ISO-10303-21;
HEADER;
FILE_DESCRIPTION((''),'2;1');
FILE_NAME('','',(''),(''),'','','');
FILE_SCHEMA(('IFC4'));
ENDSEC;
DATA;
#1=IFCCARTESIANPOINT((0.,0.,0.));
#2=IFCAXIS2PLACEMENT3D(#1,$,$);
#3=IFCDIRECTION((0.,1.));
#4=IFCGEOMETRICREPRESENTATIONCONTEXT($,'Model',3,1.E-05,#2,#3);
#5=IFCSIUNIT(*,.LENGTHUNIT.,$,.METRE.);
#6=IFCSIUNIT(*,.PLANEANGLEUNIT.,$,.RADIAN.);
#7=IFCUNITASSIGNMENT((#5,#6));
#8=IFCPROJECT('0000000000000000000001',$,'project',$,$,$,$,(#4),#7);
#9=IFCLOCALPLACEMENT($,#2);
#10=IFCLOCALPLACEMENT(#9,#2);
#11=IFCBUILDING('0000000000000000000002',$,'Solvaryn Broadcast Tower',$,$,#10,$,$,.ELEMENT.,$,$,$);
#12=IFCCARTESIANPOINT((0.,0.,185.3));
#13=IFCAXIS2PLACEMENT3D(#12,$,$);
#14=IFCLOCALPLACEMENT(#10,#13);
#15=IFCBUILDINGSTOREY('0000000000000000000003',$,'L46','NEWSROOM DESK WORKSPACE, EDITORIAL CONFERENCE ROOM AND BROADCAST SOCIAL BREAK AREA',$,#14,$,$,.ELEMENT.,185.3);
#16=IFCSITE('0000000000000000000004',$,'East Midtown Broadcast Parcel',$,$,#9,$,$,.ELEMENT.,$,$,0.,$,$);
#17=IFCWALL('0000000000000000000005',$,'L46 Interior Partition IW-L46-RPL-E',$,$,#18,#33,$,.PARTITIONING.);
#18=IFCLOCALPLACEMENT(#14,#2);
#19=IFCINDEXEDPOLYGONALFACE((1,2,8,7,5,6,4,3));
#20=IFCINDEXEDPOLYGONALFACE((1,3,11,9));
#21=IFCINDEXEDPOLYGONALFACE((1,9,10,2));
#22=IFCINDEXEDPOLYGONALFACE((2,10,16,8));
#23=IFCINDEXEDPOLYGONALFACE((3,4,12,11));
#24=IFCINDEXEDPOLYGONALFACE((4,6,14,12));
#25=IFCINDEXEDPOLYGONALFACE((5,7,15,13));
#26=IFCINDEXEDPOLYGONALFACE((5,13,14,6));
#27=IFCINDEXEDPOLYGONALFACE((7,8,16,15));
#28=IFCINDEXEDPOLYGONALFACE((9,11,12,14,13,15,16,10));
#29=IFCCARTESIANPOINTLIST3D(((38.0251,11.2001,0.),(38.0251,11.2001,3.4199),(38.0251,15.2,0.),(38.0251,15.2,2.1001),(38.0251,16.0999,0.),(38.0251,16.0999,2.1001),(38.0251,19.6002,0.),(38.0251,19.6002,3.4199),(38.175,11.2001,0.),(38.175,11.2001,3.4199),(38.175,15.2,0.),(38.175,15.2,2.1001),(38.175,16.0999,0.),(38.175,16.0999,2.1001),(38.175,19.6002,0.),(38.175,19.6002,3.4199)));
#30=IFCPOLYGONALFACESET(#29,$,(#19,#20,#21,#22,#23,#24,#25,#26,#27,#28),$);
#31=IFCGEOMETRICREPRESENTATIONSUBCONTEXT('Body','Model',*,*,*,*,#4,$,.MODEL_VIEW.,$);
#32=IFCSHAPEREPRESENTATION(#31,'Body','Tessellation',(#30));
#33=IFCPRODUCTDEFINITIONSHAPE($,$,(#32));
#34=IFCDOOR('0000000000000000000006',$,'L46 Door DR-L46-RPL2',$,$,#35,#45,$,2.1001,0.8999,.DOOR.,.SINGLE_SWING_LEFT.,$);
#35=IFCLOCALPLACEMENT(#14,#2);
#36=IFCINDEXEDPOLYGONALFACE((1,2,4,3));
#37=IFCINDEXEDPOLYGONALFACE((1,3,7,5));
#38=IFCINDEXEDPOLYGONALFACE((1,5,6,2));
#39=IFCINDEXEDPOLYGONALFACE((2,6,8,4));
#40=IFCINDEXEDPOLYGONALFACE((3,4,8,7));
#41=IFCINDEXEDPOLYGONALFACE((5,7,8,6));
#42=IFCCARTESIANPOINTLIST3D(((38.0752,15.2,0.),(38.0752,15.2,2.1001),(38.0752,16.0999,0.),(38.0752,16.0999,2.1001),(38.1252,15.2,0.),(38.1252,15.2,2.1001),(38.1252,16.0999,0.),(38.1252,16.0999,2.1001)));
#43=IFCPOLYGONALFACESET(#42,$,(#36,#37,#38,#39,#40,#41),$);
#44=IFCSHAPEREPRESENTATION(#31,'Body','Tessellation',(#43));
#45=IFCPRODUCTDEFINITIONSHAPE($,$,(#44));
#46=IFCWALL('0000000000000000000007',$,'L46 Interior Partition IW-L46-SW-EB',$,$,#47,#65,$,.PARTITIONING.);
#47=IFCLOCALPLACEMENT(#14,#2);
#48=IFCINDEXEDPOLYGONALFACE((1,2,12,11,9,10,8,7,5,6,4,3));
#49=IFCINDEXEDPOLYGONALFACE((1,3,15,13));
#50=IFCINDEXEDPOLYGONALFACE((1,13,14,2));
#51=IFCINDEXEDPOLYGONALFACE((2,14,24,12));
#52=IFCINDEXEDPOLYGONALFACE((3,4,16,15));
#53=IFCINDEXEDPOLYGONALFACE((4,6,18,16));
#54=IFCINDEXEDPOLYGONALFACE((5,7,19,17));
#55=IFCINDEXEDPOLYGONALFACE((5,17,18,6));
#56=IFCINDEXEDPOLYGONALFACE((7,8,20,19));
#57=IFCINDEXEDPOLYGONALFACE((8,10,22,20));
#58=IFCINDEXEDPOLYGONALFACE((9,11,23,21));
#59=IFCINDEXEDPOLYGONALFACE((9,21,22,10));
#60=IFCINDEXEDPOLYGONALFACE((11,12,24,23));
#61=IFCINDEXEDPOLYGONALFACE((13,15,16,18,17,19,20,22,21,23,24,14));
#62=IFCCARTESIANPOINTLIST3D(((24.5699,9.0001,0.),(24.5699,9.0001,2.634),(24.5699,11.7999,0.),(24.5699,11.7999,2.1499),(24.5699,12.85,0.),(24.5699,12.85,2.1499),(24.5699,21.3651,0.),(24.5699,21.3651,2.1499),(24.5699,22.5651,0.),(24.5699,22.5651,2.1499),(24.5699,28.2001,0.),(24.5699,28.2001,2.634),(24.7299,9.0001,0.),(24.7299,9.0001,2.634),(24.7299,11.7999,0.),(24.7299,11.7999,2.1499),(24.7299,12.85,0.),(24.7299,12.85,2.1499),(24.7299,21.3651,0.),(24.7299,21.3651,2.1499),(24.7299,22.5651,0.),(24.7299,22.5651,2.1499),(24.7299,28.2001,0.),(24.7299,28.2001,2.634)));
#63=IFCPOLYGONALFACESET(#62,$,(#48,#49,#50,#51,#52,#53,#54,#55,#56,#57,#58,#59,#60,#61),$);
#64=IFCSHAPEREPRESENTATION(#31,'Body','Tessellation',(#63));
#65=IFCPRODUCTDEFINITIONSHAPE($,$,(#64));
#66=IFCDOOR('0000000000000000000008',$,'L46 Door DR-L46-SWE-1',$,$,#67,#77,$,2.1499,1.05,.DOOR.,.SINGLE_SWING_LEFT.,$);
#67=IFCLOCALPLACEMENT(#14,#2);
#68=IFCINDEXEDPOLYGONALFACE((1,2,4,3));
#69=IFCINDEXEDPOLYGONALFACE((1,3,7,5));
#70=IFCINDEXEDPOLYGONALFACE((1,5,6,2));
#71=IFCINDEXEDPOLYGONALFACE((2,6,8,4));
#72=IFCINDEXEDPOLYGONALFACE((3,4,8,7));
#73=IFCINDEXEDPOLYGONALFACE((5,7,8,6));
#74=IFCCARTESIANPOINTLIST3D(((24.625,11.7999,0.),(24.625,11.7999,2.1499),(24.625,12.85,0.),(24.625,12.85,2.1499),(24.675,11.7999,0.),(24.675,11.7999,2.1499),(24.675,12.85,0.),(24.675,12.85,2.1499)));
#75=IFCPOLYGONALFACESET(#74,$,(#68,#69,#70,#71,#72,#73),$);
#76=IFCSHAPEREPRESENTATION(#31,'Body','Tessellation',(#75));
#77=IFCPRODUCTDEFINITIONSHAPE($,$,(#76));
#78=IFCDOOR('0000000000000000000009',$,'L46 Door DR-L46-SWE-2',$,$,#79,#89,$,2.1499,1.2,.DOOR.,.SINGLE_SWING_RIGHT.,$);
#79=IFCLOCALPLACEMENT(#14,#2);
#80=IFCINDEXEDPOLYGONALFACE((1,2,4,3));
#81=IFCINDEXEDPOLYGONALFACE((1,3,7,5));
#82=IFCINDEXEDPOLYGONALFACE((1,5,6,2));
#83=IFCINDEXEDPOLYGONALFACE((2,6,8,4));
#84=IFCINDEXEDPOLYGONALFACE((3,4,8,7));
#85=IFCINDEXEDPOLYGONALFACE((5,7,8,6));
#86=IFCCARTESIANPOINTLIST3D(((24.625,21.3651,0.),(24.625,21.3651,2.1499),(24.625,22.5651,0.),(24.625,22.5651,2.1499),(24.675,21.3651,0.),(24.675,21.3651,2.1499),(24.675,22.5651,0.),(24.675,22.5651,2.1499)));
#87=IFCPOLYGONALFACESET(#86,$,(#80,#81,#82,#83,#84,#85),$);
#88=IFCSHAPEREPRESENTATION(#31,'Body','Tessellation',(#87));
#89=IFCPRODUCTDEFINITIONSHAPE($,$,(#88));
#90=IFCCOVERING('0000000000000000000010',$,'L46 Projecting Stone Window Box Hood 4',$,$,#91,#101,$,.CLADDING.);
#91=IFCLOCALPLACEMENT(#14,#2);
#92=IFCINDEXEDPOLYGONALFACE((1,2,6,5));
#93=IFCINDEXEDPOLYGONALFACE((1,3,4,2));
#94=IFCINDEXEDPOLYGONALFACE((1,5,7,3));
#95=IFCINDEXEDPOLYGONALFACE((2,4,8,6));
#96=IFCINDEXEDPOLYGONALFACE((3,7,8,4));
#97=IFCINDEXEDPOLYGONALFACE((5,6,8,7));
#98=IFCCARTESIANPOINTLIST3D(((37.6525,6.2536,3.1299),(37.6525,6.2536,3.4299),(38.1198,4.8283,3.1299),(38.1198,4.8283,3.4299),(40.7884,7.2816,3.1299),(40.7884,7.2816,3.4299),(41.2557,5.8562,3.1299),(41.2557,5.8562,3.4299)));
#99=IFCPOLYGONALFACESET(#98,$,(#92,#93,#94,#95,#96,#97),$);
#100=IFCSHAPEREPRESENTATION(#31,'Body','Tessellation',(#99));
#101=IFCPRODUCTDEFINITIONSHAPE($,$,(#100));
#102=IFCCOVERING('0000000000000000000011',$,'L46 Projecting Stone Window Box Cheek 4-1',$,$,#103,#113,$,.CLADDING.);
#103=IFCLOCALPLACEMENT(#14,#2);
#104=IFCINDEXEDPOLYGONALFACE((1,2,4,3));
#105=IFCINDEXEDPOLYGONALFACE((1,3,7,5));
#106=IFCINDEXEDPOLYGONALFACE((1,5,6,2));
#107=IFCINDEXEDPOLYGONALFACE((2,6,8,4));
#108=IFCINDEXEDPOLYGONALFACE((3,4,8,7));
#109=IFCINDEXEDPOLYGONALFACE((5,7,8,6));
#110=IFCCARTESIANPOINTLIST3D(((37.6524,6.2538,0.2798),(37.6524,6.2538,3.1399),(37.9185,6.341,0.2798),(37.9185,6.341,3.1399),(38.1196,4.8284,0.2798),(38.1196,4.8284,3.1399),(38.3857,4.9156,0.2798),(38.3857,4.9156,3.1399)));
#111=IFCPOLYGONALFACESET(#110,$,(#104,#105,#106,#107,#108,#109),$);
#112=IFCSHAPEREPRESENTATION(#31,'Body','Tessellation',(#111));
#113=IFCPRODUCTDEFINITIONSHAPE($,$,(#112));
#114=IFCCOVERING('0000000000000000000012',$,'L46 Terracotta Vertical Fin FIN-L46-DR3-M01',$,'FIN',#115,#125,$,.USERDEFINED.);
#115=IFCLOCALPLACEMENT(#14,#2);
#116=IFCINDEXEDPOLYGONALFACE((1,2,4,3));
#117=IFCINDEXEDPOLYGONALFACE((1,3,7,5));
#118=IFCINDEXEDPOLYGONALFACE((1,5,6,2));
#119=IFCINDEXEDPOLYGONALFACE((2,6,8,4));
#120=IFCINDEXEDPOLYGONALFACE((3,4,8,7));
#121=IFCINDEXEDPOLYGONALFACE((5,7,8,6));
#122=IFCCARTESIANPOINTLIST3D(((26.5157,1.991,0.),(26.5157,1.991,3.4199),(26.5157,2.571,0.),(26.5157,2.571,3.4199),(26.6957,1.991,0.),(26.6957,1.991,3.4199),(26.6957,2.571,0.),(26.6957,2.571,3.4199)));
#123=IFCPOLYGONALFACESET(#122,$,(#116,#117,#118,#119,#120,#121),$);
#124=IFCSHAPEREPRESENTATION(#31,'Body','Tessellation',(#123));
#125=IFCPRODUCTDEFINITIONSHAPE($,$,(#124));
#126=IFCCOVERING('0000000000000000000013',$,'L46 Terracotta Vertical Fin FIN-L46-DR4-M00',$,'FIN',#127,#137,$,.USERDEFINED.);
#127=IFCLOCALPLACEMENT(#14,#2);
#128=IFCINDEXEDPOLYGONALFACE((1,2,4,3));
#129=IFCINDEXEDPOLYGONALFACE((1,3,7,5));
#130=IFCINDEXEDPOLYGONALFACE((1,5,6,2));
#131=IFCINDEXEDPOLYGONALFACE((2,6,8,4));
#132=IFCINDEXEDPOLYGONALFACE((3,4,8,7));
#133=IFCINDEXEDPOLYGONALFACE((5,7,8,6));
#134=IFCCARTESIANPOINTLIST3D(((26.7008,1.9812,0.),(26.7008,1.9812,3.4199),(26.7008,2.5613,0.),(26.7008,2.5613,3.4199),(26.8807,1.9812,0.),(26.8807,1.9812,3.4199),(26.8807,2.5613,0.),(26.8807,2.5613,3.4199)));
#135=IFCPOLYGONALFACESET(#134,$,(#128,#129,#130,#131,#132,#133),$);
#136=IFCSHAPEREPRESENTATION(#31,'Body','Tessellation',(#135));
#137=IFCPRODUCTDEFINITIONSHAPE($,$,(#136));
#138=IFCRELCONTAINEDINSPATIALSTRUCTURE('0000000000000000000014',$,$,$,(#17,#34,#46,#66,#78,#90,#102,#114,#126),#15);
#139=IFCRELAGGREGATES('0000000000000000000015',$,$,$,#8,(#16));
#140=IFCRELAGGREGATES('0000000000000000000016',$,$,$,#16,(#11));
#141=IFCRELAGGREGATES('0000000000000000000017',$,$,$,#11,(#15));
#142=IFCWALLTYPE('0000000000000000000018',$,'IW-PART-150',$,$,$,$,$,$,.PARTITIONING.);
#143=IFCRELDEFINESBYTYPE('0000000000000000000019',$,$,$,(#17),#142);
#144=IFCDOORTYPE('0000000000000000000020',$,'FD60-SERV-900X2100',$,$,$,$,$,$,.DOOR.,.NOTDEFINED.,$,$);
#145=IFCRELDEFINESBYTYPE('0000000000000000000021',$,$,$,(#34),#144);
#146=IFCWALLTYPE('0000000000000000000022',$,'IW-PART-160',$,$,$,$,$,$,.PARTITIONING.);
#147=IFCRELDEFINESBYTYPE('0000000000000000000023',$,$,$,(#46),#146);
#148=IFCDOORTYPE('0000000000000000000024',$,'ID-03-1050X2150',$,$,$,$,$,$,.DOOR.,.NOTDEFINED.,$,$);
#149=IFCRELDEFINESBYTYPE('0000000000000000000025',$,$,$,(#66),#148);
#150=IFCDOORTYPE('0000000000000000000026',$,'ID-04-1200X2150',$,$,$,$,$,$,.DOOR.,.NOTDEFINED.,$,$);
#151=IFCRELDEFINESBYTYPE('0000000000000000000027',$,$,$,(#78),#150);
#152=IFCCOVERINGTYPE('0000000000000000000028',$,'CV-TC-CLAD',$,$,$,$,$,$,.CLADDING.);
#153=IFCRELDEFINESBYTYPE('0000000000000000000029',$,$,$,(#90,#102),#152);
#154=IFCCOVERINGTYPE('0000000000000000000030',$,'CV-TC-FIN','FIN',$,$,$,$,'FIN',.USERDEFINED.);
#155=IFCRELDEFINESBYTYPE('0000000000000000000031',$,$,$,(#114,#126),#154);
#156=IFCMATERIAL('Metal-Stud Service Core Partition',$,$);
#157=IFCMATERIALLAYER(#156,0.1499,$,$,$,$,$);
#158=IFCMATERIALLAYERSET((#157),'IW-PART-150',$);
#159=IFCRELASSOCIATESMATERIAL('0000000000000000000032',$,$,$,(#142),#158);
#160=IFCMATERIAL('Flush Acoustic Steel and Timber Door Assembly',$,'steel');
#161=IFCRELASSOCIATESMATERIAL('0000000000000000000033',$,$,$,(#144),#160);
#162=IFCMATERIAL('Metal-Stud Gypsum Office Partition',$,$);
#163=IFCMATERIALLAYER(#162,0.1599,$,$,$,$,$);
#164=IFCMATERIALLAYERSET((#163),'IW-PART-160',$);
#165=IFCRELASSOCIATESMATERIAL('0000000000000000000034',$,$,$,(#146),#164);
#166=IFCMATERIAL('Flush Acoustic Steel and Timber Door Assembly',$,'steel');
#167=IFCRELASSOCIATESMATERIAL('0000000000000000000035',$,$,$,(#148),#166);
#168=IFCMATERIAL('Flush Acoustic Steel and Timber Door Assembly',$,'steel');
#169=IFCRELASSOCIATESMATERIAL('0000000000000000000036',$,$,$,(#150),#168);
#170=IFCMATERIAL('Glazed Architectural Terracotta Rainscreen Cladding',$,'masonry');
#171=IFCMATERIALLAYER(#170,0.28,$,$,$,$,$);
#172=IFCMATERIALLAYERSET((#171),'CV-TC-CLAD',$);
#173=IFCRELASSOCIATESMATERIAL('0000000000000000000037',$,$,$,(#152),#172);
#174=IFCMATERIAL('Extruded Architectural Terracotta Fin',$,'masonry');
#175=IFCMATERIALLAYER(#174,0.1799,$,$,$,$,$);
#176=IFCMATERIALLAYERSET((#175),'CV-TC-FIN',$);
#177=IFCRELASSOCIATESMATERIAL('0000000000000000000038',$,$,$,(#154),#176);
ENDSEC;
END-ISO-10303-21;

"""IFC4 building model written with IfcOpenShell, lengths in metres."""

from ifc_helpers import new_model, si_unit, direction, frame, frame_2d, origin, origin_2d, place, context, subcontext, project, spatial, rectangle, extrude, material, layer, layer_set, type_object, element, fill, save


model = new_model("IFC4")

# Units and contexts
model_context = context("Model", 3, precision=1e-05, world=origin(), true_north=direction((0.0, 1.0)))
body_context = subcontext(model_context, "Body", "Model", "MODEL_VIEW")
ifc_project = project(units=[si_unit("LENGTHUNIT", "METRE"), si_unit("PLANEANGLEUNIT", "RADIAN")], contexts=[model_context])

# Site, building, storey
site_placement = place(None, origin())
site = spatial("IfcSite", under=ifc_project, at=site_placement, Name="East Midtown Broadcast Parcel", CompositionType="ELEMENT", RefElevation=0.0)
building_placement = place(site_placement, origin())
building = spatial("IfcBuilding", under=site, at=building_placement, Name="Solvaryn Broadcast Tower", CompositionType="ELEMENT")
storey_placement = place(building_placement, frame((0.0, 0.0, 185.3)))
storey = spatial("IfcBuildingStorey", under=building, at=storey_placement, Name="L46", Description="NEWSROOM DESK WORKSPACE, EDITORIAL CONFERENCE ROOM AND BROADCAST SOCIAL BREAK AREA", CompositionType="ELEMENT", Elevation=185.3)

# Wall, opening, door
ifc_material_1 = material(Name="Metal-Stud Service Core Partition")
ifc_layer_1 = layer(ifc_material_1, 0.1499)
ifc_layer_set_1 = layer_set([ifc_layer_1], Name="IW-PART-150")
wall_type_1 = type_object("IfcWallType", Name="IW-PART-150", PredefinedType="PARTITIONING", material=ifc_layer_set_1)
wall_1_placement = place(storey_placement, frame((38.1001, 11.2, 0.0), z_axis=(0.0, 0.0, 1.0), x_axis=(0.0, 1.0, 0.0)))
wall_1 = element("IfcWall", 1, at=wall_1_placement, inside=storey, type_object=wall_type_1, Name="L46 Interior Partition IW-L46-RPL-E", PredefinedType="PARTITIONING", context=body_context, shape_type="SweptSolid", body=[
    extrude(rectangle(XDim=8.4001, YDim=0.1499, at=frame_2d((4.2002, 0.0))), origin(), (0.0, 0.0, 1.0), 3.4199),
])
opening_1_placement = place(wall_1_placement, frame((4.0, 0.0, 0.0)))
opening_1 = element("IfcOpeningElement", 2, at=opening_1_placement, cuts=wall_1, PredefinedType="OPENING", context=body_context, shape_type="SweptSolid", body=[
    extrude(rectangle(XDim=0.8999, YDim=2.1001, at=frame_2d((0.45, 1.05))), frame((0.0, 0.085, 0.0), z_axis=(0.0, -1.0, 0.0), x_axis=(1.0, 0.0, 0.0)), (0.0, 0.0, 1.0), 0.1699),
])
ifc_material_2 = material(Name="Flush Acoustic Steel and Timber Door Assembly", Category="steel")
door_type_1 = type_object("IfcDoorType", Name="FD60-SERV-900X2100", OperationType="NOTDEFINED", PredefinedType="DOOR", material=ifc_material_2)
door_1_placement = place(opening_1_placement, origin())
door_1 = element("IfcDoor", 3, at=door_1_placement, inside=storey, type_object=door_type_1, Name="L46 Door DR-L46-RPL2", OperationType="SINGLE_SWING_LEFT", OverallHeight=2.1001, OverallWidth=0.8999, PredefinedType="DOOR", context=body_context, shape_type="SweptSolid", body=[
    extrude(rectangle(XDim=0.8999, YDim=2.1001, at=frame_2d((0.45, 1.05))), frame((0.0, 0.0249, 0.0), z_axis=(0.0, -1.0, 0.0), x_axis=(1.0, 0.0, 0.0)), (0.0, 0.0, 1.0), 0.05),
])
fill(opening_1, door_1)

# Wall, openings, doors
ifc_material_3 = material(Name="Metal-Stud Gypsum Office Partition")
ifc_layer_2 = layer(ifc_material_3, 0.1599)
ifc_layer_set_2 = layer_set([ifc_layer_2], Name="IW-PART-160")
wall_type_2 = type_object("IfcWallType", Name="IW-PART-160", PredefinedType="PARTITIONING", material=ifc_layer_set_2)
wall_2_placement = place(storey_placement, frame((24.6499, 9.0, 0.0), z_axis=(0.0, 0.0, 1.0), x_axis=(0.0, 1.0, 0.0)))
wall_2 = element("IfcWall", 4, at=wall_2_placement, inside=storey, type_object=wall_type_2, Name="L46 Interior Partition IW-L46-SW-EB", PredefinedType="PARTITIONING", context=body_context, shape_type="SweptSolid", body=[
    extrude(rectangle(XDim=19.2, YDim=0.1599, at=frame_2d((9.6001, 0.0))), origin(), (0.0, 0.0, 1.0), 2.634),
])
opening_2_placement = place(wall_2_placement, frame((2.8, 0.0, 0.0)))
opening_2 = element("IfcOpeningElement", 5, at=opening_2_placement, cuts=wall_2, PredefinedType="OPENING", context=body_context, shape_type="SweptSolid", body=[
    extrude(rectangle(XDim=1.05, YDim=2.1499, at=frame_2d((0.5249, 1.075))), frame((0.0, 0.0901, 0.0), z_axis=(0.0, -1.0, 0.0), x_axis=(1.0, 0.0, 0.0)), (0.0, 0.0, 1.0), 0.1799),
])
opening_3_placement = place(wall_2_placement, frame((12.365, 0.0, 0.0)))
opening_3 = element("IfcOpeningElement", 6, at=opening_3_placement, cuts=wall_2, PredefinedType="OPENING", context=body_context, shape_type="SweptSolid", body=[
    extrude(rectangle(XDim=1.2, YDim=2.1499, at=frame_2d((0.6001, 1.075))), frame((0.0, 0.0901, 0.0), z_axis=(0.0, -1.0, 0.0), x_axis=(1.0, 0.0, 0.0)), (0.0, 0.0, 1.0), 0.1799),
])
ifc_material_4 = material(Name="Flush Acoustic Steel and Timber Door Assembly", Category="steel")
door_type_2 = type_object("IfcDoorType", Name="ID-03-1050X2150", OperationType="NOTDEFINED", PredefinedType="DOOR", material=ifc_material_4)
door_2_placement = place(opening_2_placement, origin())
door_2 = element("IfcDoor", 7, at=door_2_placement, inside=storey, type_object=door_type_2, Name="L46 Door DR-L46-SWE-1", OperationType="SINGLE_SWING_LEFT", OverallHeight=2.1499, OverallWidth=1.05, PredefinedType="DOOR", context=body_context, shape_type="SweptSolid", body=[
    extrude(rectangle(XDim=1.05, YDim=2.1499, at=frame_2d((0.5249, 1.075))), frame((0.0, 0.0249, 0.0), z_axis=(0.0, -1.0, 0.0), x_axis=(1.0, 0.0, 0.0)), (0.0, 0.0, 1.0), 0.05),
])
fill(opening_2, door_2)
ifc_material_5 = material(Name="Flush Acoustic Steel and Timber Door Assembly", Category="steel")
door_type_3 = type_object("IfcDoorType", Name="ID-04-1200X2150", OperationType="NOTDEFINED", PredefinedType="DOOR", material=ifc_material_5)
door_3_placement = place(opening_3_placement, origin())
door_3 = element("IfcDoor", 8, at=door_3_placement, inside=storey, type_object=door_type_3, Name="L46 Door DR-L46-SWE-2", OperationType="SINGLE_SWING_RIGHT", OverallHeight=2.1499, OverallWidth=1.2, PredefinedType="DOOR", context=body_context, shape_type="SweptSolid", body=[
    extrude(rectangle(XDim=1.2, YDim=2.1499, at=frame_2d((0.6001, 1.075))), frame((0.0, 0.0249, 0.0), z_axis=(0.0, -1.0, 0.0), x_axis=(1.0, 0.0, 0.0)), (0.0, 0.0, 1.0), 0.05),
])
fill(opening_3, door_3)

# Coverings
ifc_material_6 = material(Name="Glazed Architectural Terracotta Rainscreen Cladding", Category="masonry")
ifc_layer_3 = layer(ifc_material_6, 0.28)
ifc_layer_set_3 = layer_set([ifc_layer_3], Name="CV-TC-CLAD")
covering_type_1 = type_object("IfcCoveringType", Name="CV-TC-CLAD", PredefinedType="CLADDING", material=ifc_layer_set_3)
covering_1_placement = place(storey_placement, frame((39.4541, 6.0549, 3.1299), z_axis=(0.0, 0.0, 1.0), x_axis=(0.950244, 0.311506, 0.0)))
element("IfcCovering", 9, at=covering_1_placement, inside=storey, type_object=covering_type_1, Name="L46 Projecting Stone Window Box Hood 4", PredefinedType="CLADDING", context=body_context, shape_type="SweptSolid", body=[
    extrude(rectangle(XDim=3.3, YDim=1.5, at=origin_2d()), origin(), (0.0, 0.0, 1.0), 0.3),
])
covering_2_placement = place(storey_placement, frame((38.019, 5.5847, 0.2798), z_axis=(0.0, 0.0, 1.0), x_axis=(0.950244, 0.311506, 0.0)))
element("IfcCovering", 10, at=covering_2_placement, inside=storey, type_object=covering_type_1, Name="L46 Projecting Stone Window Box Cheek 4-1", PredefinedType="CLADDING", context=body_context, shape_type="SweptSolid", body=[
    extrude(rectangle(XDim=0.28, YDim=1.5, at=origin_2d()), origin(), (0.0, 0.0, 1.0), 2.8601),
])
ifc_material_7 = material(Name="Extruded Architectural Terracotta Fin", Category="masonry")
ifc_layer_4 = layer(ifc_material_7, 0.1799)
ifc_layer_set_4 = layer_set([ifc_layer_4], Name="CV-TC-FIN")
covering_type_2 = type_object("IfcCoveringType", Name="CV-TC-FIN", Description="FIN", ElementType="FIN", PredefinedType="USERDEFINED", material=ifc_layer_set_4)
for number, where, z_axis, x_axis, name in (
    (11, (26.6057, 2.281, 0.0), (0.0, 0.0, 1.0), (1.0, 0.0, 0.0), "L46 Terracotta Vertical Fin FIN-L46-DR3-M01"),
    (12, (26.7908, 2.2712, 0.0), (0.0, 0.0, 1.0), (1.0, 0.0, 0.0), "L46 Terracotta Vertical Fin FIN-L46-DR4-M00"),
):
    element("IfcCovering", number, at=place(storey_placement, frame(where, z_axis=z_axis, x_axis=x_axis)), inside=storey, type_object=covering_type_2, Name=name, ObjectType="FIN", PredefinedType="USERDEFINED", context=body_context, shape_type="SweptSolid", body=[
        extrude(rectangle(XDim=0.1799, YDim=0.5801, at=origin_2d()), origin(), (0.0, 0.0, 1.0), 3.4199),
    ])

save(model, "model.ifc")
